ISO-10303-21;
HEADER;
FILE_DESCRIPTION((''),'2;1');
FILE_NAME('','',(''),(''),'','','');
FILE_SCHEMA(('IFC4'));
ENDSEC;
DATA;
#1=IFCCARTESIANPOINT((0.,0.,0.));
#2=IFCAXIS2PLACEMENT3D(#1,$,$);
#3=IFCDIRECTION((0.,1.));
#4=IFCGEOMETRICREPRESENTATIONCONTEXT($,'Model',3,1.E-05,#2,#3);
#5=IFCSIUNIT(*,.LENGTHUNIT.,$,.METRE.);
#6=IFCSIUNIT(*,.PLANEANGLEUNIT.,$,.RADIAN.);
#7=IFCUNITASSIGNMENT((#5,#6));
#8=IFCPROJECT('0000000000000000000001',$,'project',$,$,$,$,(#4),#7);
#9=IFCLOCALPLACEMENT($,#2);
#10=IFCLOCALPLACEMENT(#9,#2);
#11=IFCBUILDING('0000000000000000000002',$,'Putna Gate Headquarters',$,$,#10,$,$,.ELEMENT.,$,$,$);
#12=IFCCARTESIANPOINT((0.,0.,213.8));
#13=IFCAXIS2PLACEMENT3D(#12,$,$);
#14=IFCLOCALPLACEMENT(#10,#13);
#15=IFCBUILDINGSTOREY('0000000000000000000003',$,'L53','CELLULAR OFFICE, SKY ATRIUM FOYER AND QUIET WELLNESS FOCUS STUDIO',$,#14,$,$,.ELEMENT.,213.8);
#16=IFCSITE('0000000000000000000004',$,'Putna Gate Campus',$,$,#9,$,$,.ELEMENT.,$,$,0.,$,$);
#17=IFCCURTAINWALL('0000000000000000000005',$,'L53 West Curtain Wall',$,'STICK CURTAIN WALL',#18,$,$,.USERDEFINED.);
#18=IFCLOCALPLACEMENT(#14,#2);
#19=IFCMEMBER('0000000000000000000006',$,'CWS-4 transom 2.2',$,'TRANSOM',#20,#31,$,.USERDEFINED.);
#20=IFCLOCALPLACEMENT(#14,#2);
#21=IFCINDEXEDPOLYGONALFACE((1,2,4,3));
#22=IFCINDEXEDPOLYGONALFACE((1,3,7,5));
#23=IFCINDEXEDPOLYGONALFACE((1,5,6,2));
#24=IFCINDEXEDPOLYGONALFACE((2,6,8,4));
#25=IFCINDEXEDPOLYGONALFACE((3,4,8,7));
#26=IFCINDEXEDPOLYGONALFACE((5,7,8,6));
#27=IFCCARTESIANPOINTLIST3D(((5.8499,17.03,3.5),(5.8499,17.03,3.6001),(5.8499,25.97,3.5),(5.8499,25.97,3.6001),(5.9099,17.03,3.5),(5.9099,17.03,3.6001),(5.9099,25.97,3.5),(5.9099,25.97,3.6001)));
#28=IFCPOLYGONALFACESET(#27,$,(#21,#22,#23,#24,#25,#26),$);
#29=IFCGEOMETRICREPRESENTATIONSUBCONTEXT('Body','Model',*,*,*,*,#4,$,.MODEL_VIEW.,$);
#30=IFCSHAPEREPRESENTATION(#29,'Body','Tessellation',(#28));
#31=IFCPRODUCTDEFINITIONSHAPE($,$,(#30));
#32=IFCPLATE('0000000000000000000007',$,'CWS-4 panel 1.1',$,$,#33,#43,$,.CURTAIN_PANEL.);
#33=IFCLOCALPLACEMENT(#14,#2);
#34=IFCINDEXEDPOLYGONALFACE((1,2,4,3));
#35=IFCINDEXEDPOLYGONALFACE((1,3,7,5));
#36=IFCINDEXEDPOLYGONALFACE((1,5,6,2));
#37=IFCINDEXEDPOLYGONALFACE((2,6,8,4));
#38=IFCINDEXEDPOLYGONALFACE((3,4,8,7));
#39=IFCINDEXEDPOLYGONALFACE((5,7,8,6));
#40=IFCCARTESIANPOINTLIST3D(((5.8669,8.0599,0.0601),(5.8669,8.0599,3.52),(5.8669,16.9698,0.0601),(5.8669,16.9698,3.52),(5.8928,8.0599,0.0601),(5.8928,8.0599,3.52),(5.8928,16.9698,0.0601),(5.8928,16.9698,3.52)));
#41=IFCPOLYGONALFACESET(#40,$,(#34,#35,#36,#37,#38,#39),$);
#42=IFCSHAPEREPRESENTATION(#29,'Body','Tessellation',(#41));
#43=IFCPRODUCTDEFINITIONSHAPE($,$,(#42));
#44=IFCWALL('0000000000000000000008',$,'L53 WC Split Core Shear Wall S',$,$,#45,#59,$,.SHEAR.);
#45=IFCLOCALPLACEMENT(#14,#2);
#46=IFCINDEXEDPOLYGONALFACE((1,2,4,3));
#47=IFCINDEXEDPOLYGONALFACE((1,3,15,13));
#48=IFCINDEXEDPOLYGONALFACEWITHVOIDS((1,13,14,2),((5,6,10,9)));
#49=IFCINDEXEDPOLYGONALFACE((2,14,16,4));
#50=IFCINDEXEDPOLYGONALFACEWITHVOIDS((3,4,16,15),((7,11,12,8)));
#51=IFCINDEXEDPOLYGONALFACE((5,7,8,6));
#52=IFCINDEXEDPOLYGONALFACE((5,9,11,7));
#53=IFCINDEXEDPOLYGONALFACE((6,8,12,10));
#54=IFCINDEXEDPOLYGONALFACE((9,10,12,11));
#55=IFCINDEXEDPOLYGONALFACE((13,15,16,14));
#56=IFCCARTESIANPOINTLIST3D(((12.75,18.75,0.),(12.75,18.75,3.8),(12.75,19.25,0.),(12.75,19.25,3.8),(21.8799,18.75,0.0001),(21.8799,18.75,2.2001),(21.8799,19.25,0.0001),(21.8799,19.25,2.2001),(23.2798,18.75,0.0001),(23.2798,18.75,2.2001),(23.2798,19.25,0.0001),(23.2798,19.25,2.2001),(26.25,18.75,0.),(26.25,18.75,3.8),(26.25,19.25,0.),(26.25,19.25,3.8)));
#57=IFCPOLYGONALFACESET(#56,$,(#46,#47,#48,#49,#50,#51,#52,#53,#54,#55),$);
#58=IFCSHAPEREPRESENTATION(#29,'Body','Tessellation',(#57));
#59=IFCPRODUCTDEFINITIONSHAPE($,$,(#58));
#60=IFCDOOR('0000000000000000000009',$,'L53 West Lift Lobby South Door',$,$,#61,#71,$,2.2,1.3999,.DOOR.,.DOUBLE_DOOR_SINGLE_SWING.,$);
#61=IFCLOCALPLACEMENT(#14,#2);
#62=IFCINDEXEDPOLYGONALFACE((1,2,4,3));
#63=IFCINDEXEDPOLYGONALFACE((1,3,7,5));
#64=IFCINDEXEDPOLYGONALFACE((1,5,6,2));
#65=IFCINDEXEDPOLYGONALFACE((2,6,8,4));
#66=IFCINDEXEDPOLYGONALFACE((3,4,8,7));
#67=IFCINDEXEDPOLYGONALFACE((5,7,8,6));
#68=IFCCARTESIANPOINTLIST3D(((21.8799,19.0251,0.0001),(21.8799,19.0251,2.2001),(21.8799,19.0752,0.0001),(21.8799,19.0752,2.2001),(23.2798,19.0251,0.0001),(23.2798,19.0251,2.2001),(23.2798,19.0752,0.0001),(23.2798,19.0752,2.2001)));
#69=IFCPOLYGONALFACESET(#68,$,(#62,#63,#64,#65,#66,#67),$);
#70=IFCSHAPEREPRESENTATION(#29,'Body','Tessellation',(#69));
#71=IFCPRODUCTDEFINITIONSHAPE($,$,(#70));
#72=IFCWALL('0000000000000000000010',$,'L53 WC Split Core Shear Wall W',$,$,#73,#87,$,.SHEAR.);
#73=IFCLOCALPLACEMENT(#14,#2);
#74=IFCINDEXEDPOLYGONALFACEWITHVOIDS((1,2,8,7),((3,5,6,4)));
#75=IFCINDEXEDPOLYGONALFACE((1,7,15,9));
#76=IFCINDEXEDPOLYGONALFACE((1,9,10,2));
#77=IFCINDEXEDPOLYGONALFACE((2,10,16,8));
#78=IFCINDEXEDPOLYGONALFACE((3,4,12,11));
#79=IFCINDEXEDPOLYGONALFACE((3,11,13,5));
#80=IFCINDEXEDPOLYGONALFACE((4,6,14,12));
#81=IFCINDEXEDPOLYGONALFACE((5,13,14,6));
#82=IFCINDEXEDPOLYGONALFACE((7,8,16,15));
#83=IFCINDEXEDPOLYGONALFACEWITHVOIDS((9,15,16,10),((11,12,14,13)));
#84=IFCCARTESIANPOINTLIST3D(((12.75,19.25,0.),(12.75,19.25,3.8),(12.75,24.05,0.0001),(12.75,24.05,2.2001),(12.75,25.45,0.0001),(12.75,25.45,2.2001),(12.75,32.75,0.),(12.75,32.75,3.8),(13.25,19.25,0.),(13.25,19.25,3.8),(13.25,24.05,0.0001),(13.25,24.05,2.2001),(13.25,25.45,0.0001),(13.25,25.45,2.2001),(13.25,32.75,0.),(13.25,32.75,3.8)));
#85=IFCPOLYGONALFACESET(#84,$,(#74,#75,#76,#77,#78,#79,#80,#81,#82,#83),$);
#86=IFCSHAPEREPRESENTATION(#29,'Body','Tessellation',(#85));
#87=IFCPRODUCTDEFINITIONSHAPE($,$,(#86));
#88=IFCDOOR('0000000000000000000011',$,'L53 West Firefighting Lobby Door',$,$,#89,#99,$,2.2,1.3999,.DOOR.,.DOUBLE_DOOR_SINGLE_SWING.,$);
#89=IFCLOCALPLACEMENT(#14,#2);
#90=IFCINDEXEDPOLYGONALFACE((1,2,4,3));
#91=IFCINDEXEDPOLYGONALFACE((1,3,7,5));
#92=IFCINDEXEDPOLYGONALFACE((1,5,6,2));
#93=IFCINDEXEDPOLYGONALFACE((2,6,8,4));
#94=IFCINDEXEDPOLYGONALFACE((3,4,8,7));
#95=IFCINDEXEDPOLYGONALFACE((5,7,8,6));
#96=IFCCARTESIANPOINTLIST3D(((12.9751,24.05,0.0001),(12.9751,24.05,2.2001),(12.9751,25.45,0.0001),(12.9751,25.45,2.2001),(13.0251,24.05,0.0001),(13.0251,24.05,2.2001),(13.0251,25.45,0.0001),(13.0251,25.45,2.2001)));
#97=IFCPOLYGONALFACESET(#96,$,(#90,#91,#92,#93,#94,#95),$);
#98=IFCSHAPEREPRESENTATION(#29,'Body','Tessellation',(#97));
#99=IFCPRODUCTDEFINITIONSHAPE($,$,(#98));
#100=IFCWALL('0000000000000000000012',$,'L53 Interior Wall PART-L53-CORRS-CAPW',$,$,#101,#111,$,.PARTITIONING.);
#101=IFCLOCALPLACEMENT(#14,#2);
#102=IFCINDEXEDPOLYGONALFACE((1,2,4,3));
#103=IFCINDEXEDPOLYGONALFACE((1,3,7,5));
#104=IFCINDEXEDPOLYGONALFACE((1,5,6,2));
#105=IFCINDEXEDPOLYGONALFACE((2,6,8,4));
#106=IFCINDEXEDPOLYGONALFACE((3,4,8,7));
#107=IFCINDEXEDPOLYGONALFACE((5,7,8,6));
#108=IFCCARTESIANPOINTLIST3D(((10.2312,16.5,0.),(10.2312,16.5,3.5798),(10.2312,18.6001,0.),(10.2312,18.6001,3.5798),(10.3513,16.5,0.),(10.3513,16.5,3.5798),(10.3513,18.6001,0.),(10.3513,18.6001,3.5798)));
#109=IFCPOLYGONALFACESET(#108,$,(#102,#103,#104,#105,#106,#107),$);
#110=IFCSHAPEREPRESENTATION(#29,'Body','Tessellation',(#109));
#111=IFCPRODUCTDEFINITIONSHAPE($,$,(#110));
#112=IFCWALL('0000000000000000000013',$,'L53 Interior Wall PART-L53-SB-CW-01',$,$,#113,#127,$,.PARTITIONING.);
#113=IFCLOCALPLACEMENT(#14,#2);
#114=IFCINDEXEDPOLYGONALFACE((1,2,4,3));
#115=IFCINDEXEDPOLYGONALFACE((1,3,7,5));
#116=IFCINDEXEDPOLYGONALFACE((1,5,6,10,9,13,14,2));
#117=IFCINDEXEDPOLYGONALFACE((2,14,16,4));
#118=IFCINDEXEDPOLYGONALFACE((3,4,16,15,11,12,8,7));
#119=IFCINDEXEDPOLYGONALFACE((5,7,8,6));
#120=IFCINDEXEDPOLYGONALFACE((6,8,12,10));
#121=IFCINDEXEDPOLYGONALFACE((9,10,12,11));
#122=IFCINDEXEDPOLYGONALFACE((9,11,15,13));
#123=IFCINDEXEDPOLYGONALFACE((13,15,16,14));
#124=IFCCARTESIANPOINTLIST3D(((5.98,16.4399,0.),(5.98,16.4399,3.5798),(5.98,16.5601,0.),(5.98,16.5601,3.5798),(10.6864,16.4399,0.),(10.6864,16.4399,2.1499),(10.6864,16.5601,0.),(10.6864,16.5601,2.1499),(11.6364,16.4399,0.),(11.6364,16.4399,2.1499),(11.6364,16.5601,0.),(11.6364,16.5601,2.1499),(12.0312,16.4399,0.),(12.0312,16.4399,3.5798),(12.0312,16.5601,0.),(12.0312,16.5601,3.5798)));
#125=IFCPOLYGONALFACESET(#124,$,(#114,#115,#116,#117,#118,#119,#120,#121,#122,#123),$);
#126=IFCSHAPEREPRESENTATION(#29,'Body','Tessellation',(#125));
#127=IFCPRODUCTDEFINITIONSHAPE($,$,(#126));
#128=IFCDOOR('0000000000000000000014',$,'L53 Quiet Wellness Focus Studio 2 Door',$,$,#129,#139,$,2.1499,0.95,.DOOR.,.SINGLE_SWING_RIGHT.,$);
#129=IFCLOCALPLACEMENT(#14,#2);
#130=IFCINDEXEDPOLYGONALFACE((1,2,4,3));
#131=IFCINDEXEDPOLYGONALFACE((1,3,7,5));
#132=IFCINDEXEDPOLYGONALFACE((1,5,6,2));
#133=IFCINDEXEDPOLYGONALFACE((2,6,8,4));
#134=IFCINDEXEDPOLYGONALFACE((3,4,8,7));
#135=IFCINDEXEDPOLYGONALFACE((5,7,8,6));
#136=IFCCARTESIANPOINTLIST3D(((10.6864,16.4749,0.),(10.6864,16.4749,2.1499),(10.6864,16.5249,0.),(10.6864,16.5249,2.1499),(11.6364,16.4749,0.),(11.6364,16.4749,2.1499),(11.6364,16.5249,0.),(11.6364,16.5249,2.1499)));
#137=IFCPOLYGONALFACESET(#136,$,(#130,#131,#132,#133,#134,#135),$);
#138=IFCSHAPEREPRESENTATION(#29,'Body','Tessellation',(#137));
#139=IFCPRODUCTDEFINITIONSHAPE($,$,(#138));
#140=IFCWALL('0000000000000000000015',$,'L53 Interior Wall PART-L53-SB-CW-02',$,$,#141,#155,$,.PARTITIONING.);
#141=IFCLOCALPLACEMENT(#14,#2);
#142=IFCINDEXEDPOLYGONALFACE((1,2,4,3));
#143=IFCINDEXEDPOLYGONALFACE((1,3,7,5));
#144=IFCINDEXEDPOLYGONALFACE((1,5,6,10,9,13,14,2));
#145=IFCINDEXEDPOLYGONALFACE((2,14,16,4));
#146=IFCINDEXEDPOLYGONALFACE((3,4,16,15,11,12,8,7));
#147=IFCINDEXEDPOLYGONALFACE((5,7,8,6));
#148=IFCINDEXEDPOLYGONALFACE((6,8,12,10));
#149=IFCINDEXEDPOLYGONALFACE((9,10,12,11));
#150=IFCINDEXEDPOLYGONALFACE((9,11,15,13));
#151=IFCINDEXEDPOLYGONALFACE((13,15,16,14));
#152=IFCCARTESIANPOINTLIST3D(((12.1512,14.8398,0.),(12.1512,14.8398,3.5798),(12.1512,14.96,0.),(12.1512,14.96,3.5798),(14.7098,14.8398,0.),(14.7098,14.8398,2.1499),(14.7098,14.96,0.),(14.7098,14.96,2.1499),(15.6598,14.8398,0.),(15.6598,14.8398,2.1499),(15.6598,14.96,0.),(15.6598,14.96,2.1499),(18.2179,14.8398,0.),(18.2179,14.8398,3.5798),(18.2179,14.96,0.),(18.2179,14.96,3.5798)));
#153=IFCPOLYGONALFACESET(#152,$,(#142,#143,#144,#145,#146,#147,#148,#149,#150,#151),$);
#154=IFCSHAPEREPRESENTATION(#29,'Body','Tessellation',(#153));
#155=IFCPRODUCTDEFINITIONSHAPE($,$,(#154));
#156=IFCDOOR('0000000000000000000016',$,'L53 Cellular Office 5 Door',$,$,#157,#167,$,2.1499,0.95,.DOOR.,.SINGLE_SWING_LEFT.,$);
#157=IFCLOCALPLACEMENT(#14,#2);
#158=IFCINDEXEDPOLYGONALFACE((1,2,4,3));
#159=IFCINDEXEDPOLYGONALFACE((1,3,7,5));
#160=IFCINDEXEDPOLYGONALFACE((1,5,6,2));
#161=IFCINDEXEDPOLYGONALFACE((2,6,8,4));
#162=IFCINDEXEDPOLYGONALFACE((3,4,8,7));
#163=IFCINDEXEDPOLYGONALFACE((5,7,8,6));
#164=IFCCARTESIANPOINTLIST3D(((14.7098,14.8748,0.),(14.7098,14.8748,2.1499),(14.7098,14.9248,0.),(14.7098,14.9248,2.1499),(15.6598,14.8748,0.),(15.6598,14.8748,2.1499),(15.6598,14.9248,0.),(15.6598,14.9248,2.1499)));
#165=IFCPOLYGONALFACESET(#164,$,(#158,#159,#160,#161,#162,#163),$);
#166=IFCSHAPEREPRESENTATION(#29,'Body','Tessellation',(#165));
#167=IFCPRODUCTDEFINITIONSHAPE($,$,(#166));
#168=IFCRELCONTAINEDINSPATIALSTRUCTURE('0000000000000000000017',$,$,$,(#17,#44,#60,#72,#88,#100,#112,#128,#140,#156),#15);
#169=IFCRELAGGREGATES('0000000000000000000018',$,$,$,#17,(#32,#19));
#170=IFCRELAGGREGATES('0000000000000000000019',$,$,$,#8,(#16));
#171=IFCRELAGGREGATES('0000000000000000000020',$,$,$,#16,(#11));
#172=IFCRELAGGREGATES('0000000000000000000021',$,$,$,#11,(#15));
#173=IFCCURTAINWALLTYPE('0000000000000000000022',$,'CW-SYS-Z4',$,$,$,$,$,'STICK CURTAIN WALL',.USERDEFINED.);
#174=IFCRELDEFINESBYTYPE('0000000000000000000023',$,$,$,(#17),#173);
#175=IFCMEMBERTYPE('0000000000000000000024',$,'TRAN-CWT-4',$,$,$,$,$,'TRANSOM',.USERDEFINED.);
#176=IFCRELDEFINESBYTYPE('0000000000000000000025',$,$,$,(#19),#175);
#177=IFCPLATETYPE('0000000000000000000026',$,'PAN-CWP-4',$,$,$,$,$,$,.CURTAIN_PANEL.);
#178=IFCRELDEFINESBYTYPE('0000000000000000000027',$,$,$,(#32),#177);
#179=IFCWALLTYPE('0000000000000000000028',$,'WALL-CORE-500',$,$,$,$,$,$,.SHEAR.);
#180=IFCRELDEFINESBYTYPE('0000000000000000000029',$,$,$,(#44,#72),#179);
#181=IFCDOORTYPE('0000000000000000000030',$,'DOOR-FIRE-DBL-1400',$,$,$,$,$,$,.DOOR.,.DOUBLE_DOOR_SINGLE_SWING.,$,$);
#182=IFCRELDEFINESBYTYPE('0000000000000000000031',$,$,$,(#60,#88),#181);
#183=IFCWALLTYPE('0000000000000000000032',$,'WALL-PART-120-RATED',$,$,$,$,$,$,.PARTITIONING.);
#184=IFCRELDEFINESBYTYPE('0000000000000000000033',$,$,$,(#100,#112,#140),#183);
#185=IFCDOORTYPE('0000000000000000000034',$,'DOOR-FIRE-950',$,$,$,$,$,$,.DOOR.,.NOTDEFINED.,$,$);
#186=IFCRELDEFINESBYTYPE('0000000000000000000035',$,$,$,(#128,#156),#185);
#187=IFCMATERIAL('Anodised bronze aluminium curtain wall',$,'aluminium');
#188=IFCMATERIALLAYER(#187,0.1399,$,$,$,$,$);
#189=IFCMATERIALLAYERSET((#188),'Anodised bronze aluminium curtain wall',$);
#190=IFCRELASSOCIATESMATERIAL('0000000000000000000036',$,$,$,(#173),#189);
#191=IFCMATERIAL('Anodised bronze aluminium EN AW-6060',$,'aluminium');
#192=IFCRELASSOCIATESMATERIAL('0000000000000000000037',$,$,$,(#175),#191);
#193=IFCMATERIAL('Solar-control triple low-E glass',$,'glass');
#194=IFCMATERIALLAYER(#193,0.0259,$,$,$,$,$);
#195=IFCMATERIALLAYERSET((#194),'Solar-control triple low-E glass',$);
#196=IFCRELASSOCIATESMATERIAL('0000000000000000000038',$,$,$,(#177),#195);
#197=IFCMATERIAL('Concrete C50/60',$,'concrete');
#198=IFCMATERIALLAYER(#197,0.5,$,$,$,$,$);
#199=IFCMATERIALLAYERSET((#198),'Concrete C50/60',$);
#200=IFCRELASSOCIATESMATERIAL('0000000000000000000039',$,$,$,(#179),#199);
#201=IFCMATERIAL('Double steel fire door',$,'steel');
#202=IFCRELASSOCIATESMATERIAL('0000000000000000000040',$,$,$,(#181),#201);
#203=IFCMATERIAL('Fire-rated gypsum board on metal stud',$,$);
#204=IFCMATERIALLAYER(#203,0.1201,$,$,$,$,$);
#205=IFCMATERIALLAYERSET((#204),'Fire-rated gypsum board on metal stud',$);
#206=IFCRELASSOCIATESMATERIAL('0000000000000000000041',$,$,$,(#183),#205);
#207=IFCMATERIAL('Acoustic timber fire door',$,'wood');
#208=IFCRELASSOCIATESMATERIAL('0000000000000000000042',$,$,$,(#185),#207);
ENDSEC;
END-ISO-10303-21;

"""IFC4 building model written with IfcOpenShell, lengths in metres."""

from ifc_helpers import new_model, si_unit, direction, frame, frame_2d, origin, origin_2d, place, context, subcontext, project, spatial, rectangle, extrude, material, layer, layer_set, material_profile, profile_set, type_object, element, fill, aggregate, save


model = new_model("IFC4")

# Units and contexts
model_context = context("Model", 3, precision=1e-05, world=origin(), true_north=direction((0.0, 1.0)))
body_context = subcontext(model_context, "Body", "Model", "MODEL_VIEW")
ifc_project = project(units=[si_unit("LENGTHUNIT", "METRE"), si_unit("PLANEANGLEUNIT", "RADIAN")], contexts=[model_context])

# Site, building, storey
site_placement = place(None, origin())
site = spatial("IfcSite", under=ifc_project, at=site_placement, Name="Putna Gate Campus", CompositionType="ELEMENT", RefElevation=0.0)
building_placement = place(site_placement, origin())
building = spatial("IfcBuilding", under=site, at=building_placement, Name="Putna Gate Headquarters", CompositionType="ELEMENT")
storey_placement = place(building_placement, frame((0.0, 0.0, 213.8)))
storey = spatial("IfcBuildingStorey", under=building, at=storey_placement, Name="L53", Description="CELLULAR OFFICE, SKY ATRIUM FOYER AND QUIET WELLNESS FOCUS STUDIO", CompositionType="ELEMENT", Elevation=213.8)

# Curtain wall, member, plate
ifc_material_1 = material(Name="Anodised bronze aluminium curtain wall", Category="aluminium")
ifc_layer_1 = layer(ifc_material_1, 0.1399)
ifc_layer_set_1 = layer_set([ifc_layer_1], Name="Anodised bronze aluminium curtain wall")
curtain_wall_type = type_object("IfcCurtainWallType", Name="CW-SYS-Z4", ElementType="STICK CURTAIN WALL", PredefinedType="USERDEFINED", material=ifc_layer_set_1)
curtain_wall_placement = place(storey_placement, origin())
curtain_wall = element("IfcCurtainWall", 1, at=curtain_wall_placement, inside=storey, type_object=curtain_wall_type, Name="L53 West Curtain Wall", ObjectType="STICK CURTAIN WALL", PredefinedType="USERDEFINED")
ifc_material_2 = material(Name="Anodised bronze aluminium EN AW-6060", Category="aluminium")
ifc_material_profile_1 = material_profile(ifc_material_2, rectangle(XDim=0.0601, YDim=0.1001, at=origin_2d()), Name="Anodised bronze aluminium EN AW-6060")
ifc_profile_set_1 = profile_set([ifc_material_profile_1], Name="Anodised bronze aluminium EN AW-6060")
member_type_1 = type_object("IfcMemberType", Name="TRAN-CWT-4", ElementType="TRANSOM", PredefinedType="USERDEFINED", material=ifc_profile_set_1)
member_1_placement = place(storey_placement, frame((5.8799, 17.03, 3.55), z_axis=(0.0, 1.0, 0.0), x_axis=(-1.0, 0.0, 0.0)))
member_1 = element("IfcMember", 2, at=member_1_placement, type_object=member_type_1, Name="CWS-4 transom 2.2", ObjectType="TRANSOM", PredefinedType="USERDEFINED", context=body_context, shape_type="SweptSolid", body=[
    extrude(rectangle(XDim=0.0601, YDim=0.1001, at=origin_2d()), origin(), (0.0, 0.0, 1.0), 8.9399),
])
ifc_material_3 = material(Name="Solar-control triple low-E glass", Category="glass")
ifc_layer_2 = layer(ifc_material_3, 0.0259)
ifc_layer_set_2 = layer_set([ifc_layer_2], Name="Solar-control triple low-E glass")
plate_type = type_object("IfcPlateType", Name="PAN-CWP-4", PredefinedType="CURTAIN_PANEL", material=ifc_layer_set_2)
plate_placement = place(storey_placement, frame((5.8799, 12.5149, 0.0601), z_axis=(0.0, 0.0, 1.0), x_axis=(0.0, 1.0, 0.0)))
plate = element("IfcPlate", 3, at=plate_placement, type_object=plate_type, Name="CWS-4 panel 1.1", PredefinedType="CURTAIN_PANEL", context=body_context, shape_type="SweptSolid", body=[
    extrude(rectangle(XDim=8.9099, YDim=0.0259, at=origin_2d()), origin(), (0.0, 0.0, 1.0), 3.46),
])
aggregate(curtain_wall, [plate, member_1])

# Walls, openings, doors
ifc_material_4 = material(Name="Concrete C50/60", Category="concrete")
ifc_layer_3 = layer(ifc_material_4, 0.5)
ifc_layer_set_3 = layer_set([ifc_layer_3], Name="Concrete C50/60")
wall_type_1 = type_object("IfcWallType", Name="WALL-CORE-500", PredefinedType="SHEAR", material=ifc_layer_set_3)
wall_1_placement = place(storey_placement, frame((12.75, 19.0, 0.0), z_axis=(0.0, 0.0, 1.0), x_axis=(1.0, 0.0, 0.0)))
wall_1 = element("IfcWall", 4, at=wall_1_placement, inside=storey, type_object=wall_type_1, Name="L53 WC Split Core Shear Wall S", PredefinedType="SHEAR", context=body_context, shape_type="SweptSolid", body=[
    extrude(rectangle(XDim=13.5, YDim=0.5, at=frame_2d((6.75, 0.0))), origin(), (0.0, 0.0, 1.0), 3.8),
])
opening_1_placement = place(wall_1_placement, frame((9.1299, 0.0, 0.0)))
opening_1 = element("IfcOpeningElement", 5, at=opening_1_placement, cuts=wall_1, PredefinedType="OPENING", context=body_context, shape_type="SweptSolid", body=[
    extrude(rectangle(XDim=1.3999, YDim=2.2, at=frame_2d((0.7, 1.1001))), frame((0.0, 0.26, 0.0), z_axis=(0.0, -1.0, 0.0), x_axis=(1.0, 0.0, 0.0)), (0.0, 0.0, 1.0), 0.52),
])
ifc_material_5 = material(Name="Double steel fire door", Category="steel")
door_type_1 = type_object("IfcDoorType", Name="DOOR-FIRE-DBL-1400", OperationType="DOUBLE_DOOR_SINGLE_SWING", PredefinedType="DOOR", material=ifc_material_5)
door_1_placement = place(opening_1_placement, origin())
door_1 = element("IfcDoor", 6, at=door_1_placement, inside=storey, type_object=door_type_1, Name="L53 West Lift Lobby South Door", OperationType="DOUBLE_DOOR_SINGLE_SWING", OverallHeight=2.2, OverallWidth=1.3999, PredefinedType="DOOR", context=body_context, shape_type="SweptSolid", body=[
    extrude(rectangle(XDim=1.3999, YDim=2.2, at=frame_2d((0.7, 1.1001))), frame((0.0, 0.0752, 0.0), z_axis=(0.0, -1.0, 0.0), x_axis=(1.0, 0.0, 0.0)), (0.0, 0.0, 1.0), 0.05),
])
fill(opening_1, door_1)
wall_2_placement = place(storey_placement, frame((13.0, 19.25, 0.0), z_axis=(0.0, 0.0, 1.0), x_axis=(0.0, 1.0, 0.0)))
wall_2 = element("IfcWall", 7, at=wall_2_placement, inside=storey, type_object=wall_type_1, Name="L53 WC Split Core Shear Wall W", PredefinedType="SHEAR", context=body_context, shape_type="SweptSolid", body=[
    extrude(rectangle(XDim=13.5, YDim=0.5, at=frame_2d((6.75, 0.0))), origin(), (0.0, 0.0, 1.0), 3.8),
])
opening_2_placement = place(wall_2_placement, frame((4.8, 0.0, 0.0)))
opening_2 = element("IfcOpeningElement", 8, at=opening_2_placement, cuts=wall_2, PredefinedType="OPENING", context=body_context, shape_type="SweptSolid", body=[
    extrude(rectangle(XDim=1.3999, YDim=2.2, at=frame_2d((0.7, 1.1001))), frame((0.0, 0.26, 0.0), z_axis=(0.0, -1.0, 0.0), x_axis=(1.0, 0.0, 0.0)), (0.0, 0.0, 1.0), 0.52),
])
door_2_placement = place(opening_2_placement, origin())
door_2 = element("IfcDoor", 9, at=door_2_placement, inside=storey, type_object=door_type_1, Name="L53 West Firefighting Lobby Door", OperationType="DOUBLE_DOOR_SINGLE_SWING", OverallHeight=2.2, OverallWidth=1.3999, PredefinedType="DOOR", context=body_context, shape_type="SweptSolid", body=[
    extrude(rectangle(XDim=1.3999, YDim=2.2, at=frame_2d((0.7, 1.1001))), frame((0.0, 0.0249, 0.0), z_axis=(0.0, -1.0, 0.0), x_axis=(1.0, 0.0, 0.0)), (0.0, 0.0, 1.0), 0.05),
])
fill(opening_2, door_2)

# Wall
ifc_material_6 = material(Name="Fire-rated gypsum board on metal stud")
ifc_layer_4 = layer(ifc_material_6, 0.1201)
ifc_layer_set_4 = layer_set([ifc_layer_4], Name="Fire-rated gypsum board on metal stud")
wall_type_2 = type_object("IfcWallType", Name="WALL-PART-120-RATED", PredefinedType="PARTITIONING", material=ifc_layer_set_4)
wall_3_placement = place(storey_placement, frame((10.2913, 16.5, 0.0), z_axis=(0.0, 0.0, 1.0), x_axis=(0.0, 1.0, 0.0)))
element("IfcWall", 10, at=wall_3_placement, inside=storey, type_object=wall_type_2, Name="L53 Interior Wall PART-L53-CORRS-CAPW", PredefinedType="PARTITIONING", context=body_context, shape_type="SweptSolid", body=[
    extrude(rectangle(XDim=2.1001, YDim=0.1201, at=frame_2d((1.05, 0.0))), origin(), (0.0, 0.0, 1.0), 3.5798),
])

# Walls, openings, doors
wall_4_placement = place(storey_placement, frame((5.98, 16.5, 0.0), z_axis=(0.0, 0.0, 1.0), x_axis=(1.0, 0.0, 0.0)))
wall_4 = element("IfcWall", 11, at=wall_4_placement, inside=storey, type_object=wall_type_2, Name="L53 Interior Wall PART-L53-SB-CW-01", PredefinedType="PARTITIONING", context=body_context, shape_type="SweptSolid", body=[
    extrude(rectangle(XDim=6.0513, YDim=0.1201, at=frame_2d((3.0256, 0.0))), origin(), (0.0, 0.0, 1.0), 3.5798),
])
opening_3_placement = place(wall_4_placement, frame((4.7063, 0.0, 0.0)))
opening_3 = element("IfcOpeningElement", 12, at=opening_3_placement, cuts=wall_4, PredefinedType="OPENING", context=body_context, shape_type="SweptSolid", body=[
    extrude(rectangle(XDim=0.95, YDim=2.1499, at=frame_2d((0.4751, 1.075))), frame((0.0, 0.0701, 0.0), z_axis=(0.0, -1.0, 0.0), x_axis=(1.0, 0.0, 0.0)), (0.0, 0.0, 1.0), 0.1401),
])
ifc_material_7 = material(Name="Acoustic timber fire door", Category="wood")
door_type_2 = type_object("IfcDoorType", Name="DOOR-FIRE-950", OperationType="NOTDEFINED", PredefinedType="DOOR", material=ifc_material_7)
door_3_placement = place(opening_3_placement, origin())
door_3 = element("IfcDoor", 13, at=door_3_placement, inside=storey, type_object=door_type_2, Name="L53 Quiet Wellness Focus Studio 2 Door", OperationType="SINGLE_SWING_RIGHT", OverallHeight=2.1499, OverallWidth=0.95, PredefinedType="DOOR", context=body_context, shape_type="SweptSolid", body=[
    extrude(rectangle(XDim=0.95, YDim=2.1499, at=frame_2d((0.4751, 1.075))), frame((0.0, 0.0249, 0.0), z_axis=(0.0, -1.0, 0.0), x_axis=(1.0, 0.0, 0.0)), (0.0, 0.0, 1.0), 0.05),
])
fill(opening_3, door_3)
wall_5_placement = place(storey_placement, frame((12.1514, 14.8999, 0.0), z_axis=(0.0, 0.0, 1.0), x_axis=(1.0, 0.0, 0.0)))
wall_5 = element("IfcWall", 14, at=wall_5_placement, inside=storey, type_object=wall_type_2, Name="L53 Interior Wall PART-L53-SB-CW-02", PredefinedType="PARTITIONING", context=body_context, shape_type="SweptSolid", body=[
    extrude(rectangle(XDim=6.0667, YDim=0.1201, at=frame_2d((3.0332, 0.0))), origin(), (0.0, 0.0, 1.0), 3.5798),
])
opening_4_placement = place(wall_5_placement, frame((2.5583, 0.0, 0.0)))
opening_4 = element("IfcOpeningElement", 15, at=opening_4_placement, cuts=wall_5, PredefinedType="OPENING", context=body_context, shape_type="SweptSolid", body=[
    extrude(rectangle(XDim=0.95, YDim=2.1499, at=frame_2d((0.4751, 1.075))), frame((0.0, 0.0701, 0.0), z_axis=(0.0, -1.0, 0.0), x_axis=(1.0, 0.0, 0.0)), (0.0, 0.0, 1.0), 0.1401),
])
door_4_placement = place(opening_4_placement, origin())
door_4 = element("IfcDoor", 16, at=door_4_placement, inside=storey, type_object=door_type_2, Name="L53 Cellular Office 5 Door", OperationType="SINGLE_SWING_LEFT", OverallHeight=2.1499, OverallWidth=0.95, PredefinedType="DOOR", context=body_context, shape_type="SweptSolid", body=[
    extrude(rectangle(XDim=0.95, YDim=2.1499, at=frame_2d((0.4751, 1.075))), frame((0.0, 0.0249, 0.0), z_axis=(0.0, -1.0, 0.0), x_axis=(1.0, 0.0, 0.0)), (0.0, 0.0, 1.0), 0.05),
])
fill(opening_4, door_4)

save(model, "model.ifc")
